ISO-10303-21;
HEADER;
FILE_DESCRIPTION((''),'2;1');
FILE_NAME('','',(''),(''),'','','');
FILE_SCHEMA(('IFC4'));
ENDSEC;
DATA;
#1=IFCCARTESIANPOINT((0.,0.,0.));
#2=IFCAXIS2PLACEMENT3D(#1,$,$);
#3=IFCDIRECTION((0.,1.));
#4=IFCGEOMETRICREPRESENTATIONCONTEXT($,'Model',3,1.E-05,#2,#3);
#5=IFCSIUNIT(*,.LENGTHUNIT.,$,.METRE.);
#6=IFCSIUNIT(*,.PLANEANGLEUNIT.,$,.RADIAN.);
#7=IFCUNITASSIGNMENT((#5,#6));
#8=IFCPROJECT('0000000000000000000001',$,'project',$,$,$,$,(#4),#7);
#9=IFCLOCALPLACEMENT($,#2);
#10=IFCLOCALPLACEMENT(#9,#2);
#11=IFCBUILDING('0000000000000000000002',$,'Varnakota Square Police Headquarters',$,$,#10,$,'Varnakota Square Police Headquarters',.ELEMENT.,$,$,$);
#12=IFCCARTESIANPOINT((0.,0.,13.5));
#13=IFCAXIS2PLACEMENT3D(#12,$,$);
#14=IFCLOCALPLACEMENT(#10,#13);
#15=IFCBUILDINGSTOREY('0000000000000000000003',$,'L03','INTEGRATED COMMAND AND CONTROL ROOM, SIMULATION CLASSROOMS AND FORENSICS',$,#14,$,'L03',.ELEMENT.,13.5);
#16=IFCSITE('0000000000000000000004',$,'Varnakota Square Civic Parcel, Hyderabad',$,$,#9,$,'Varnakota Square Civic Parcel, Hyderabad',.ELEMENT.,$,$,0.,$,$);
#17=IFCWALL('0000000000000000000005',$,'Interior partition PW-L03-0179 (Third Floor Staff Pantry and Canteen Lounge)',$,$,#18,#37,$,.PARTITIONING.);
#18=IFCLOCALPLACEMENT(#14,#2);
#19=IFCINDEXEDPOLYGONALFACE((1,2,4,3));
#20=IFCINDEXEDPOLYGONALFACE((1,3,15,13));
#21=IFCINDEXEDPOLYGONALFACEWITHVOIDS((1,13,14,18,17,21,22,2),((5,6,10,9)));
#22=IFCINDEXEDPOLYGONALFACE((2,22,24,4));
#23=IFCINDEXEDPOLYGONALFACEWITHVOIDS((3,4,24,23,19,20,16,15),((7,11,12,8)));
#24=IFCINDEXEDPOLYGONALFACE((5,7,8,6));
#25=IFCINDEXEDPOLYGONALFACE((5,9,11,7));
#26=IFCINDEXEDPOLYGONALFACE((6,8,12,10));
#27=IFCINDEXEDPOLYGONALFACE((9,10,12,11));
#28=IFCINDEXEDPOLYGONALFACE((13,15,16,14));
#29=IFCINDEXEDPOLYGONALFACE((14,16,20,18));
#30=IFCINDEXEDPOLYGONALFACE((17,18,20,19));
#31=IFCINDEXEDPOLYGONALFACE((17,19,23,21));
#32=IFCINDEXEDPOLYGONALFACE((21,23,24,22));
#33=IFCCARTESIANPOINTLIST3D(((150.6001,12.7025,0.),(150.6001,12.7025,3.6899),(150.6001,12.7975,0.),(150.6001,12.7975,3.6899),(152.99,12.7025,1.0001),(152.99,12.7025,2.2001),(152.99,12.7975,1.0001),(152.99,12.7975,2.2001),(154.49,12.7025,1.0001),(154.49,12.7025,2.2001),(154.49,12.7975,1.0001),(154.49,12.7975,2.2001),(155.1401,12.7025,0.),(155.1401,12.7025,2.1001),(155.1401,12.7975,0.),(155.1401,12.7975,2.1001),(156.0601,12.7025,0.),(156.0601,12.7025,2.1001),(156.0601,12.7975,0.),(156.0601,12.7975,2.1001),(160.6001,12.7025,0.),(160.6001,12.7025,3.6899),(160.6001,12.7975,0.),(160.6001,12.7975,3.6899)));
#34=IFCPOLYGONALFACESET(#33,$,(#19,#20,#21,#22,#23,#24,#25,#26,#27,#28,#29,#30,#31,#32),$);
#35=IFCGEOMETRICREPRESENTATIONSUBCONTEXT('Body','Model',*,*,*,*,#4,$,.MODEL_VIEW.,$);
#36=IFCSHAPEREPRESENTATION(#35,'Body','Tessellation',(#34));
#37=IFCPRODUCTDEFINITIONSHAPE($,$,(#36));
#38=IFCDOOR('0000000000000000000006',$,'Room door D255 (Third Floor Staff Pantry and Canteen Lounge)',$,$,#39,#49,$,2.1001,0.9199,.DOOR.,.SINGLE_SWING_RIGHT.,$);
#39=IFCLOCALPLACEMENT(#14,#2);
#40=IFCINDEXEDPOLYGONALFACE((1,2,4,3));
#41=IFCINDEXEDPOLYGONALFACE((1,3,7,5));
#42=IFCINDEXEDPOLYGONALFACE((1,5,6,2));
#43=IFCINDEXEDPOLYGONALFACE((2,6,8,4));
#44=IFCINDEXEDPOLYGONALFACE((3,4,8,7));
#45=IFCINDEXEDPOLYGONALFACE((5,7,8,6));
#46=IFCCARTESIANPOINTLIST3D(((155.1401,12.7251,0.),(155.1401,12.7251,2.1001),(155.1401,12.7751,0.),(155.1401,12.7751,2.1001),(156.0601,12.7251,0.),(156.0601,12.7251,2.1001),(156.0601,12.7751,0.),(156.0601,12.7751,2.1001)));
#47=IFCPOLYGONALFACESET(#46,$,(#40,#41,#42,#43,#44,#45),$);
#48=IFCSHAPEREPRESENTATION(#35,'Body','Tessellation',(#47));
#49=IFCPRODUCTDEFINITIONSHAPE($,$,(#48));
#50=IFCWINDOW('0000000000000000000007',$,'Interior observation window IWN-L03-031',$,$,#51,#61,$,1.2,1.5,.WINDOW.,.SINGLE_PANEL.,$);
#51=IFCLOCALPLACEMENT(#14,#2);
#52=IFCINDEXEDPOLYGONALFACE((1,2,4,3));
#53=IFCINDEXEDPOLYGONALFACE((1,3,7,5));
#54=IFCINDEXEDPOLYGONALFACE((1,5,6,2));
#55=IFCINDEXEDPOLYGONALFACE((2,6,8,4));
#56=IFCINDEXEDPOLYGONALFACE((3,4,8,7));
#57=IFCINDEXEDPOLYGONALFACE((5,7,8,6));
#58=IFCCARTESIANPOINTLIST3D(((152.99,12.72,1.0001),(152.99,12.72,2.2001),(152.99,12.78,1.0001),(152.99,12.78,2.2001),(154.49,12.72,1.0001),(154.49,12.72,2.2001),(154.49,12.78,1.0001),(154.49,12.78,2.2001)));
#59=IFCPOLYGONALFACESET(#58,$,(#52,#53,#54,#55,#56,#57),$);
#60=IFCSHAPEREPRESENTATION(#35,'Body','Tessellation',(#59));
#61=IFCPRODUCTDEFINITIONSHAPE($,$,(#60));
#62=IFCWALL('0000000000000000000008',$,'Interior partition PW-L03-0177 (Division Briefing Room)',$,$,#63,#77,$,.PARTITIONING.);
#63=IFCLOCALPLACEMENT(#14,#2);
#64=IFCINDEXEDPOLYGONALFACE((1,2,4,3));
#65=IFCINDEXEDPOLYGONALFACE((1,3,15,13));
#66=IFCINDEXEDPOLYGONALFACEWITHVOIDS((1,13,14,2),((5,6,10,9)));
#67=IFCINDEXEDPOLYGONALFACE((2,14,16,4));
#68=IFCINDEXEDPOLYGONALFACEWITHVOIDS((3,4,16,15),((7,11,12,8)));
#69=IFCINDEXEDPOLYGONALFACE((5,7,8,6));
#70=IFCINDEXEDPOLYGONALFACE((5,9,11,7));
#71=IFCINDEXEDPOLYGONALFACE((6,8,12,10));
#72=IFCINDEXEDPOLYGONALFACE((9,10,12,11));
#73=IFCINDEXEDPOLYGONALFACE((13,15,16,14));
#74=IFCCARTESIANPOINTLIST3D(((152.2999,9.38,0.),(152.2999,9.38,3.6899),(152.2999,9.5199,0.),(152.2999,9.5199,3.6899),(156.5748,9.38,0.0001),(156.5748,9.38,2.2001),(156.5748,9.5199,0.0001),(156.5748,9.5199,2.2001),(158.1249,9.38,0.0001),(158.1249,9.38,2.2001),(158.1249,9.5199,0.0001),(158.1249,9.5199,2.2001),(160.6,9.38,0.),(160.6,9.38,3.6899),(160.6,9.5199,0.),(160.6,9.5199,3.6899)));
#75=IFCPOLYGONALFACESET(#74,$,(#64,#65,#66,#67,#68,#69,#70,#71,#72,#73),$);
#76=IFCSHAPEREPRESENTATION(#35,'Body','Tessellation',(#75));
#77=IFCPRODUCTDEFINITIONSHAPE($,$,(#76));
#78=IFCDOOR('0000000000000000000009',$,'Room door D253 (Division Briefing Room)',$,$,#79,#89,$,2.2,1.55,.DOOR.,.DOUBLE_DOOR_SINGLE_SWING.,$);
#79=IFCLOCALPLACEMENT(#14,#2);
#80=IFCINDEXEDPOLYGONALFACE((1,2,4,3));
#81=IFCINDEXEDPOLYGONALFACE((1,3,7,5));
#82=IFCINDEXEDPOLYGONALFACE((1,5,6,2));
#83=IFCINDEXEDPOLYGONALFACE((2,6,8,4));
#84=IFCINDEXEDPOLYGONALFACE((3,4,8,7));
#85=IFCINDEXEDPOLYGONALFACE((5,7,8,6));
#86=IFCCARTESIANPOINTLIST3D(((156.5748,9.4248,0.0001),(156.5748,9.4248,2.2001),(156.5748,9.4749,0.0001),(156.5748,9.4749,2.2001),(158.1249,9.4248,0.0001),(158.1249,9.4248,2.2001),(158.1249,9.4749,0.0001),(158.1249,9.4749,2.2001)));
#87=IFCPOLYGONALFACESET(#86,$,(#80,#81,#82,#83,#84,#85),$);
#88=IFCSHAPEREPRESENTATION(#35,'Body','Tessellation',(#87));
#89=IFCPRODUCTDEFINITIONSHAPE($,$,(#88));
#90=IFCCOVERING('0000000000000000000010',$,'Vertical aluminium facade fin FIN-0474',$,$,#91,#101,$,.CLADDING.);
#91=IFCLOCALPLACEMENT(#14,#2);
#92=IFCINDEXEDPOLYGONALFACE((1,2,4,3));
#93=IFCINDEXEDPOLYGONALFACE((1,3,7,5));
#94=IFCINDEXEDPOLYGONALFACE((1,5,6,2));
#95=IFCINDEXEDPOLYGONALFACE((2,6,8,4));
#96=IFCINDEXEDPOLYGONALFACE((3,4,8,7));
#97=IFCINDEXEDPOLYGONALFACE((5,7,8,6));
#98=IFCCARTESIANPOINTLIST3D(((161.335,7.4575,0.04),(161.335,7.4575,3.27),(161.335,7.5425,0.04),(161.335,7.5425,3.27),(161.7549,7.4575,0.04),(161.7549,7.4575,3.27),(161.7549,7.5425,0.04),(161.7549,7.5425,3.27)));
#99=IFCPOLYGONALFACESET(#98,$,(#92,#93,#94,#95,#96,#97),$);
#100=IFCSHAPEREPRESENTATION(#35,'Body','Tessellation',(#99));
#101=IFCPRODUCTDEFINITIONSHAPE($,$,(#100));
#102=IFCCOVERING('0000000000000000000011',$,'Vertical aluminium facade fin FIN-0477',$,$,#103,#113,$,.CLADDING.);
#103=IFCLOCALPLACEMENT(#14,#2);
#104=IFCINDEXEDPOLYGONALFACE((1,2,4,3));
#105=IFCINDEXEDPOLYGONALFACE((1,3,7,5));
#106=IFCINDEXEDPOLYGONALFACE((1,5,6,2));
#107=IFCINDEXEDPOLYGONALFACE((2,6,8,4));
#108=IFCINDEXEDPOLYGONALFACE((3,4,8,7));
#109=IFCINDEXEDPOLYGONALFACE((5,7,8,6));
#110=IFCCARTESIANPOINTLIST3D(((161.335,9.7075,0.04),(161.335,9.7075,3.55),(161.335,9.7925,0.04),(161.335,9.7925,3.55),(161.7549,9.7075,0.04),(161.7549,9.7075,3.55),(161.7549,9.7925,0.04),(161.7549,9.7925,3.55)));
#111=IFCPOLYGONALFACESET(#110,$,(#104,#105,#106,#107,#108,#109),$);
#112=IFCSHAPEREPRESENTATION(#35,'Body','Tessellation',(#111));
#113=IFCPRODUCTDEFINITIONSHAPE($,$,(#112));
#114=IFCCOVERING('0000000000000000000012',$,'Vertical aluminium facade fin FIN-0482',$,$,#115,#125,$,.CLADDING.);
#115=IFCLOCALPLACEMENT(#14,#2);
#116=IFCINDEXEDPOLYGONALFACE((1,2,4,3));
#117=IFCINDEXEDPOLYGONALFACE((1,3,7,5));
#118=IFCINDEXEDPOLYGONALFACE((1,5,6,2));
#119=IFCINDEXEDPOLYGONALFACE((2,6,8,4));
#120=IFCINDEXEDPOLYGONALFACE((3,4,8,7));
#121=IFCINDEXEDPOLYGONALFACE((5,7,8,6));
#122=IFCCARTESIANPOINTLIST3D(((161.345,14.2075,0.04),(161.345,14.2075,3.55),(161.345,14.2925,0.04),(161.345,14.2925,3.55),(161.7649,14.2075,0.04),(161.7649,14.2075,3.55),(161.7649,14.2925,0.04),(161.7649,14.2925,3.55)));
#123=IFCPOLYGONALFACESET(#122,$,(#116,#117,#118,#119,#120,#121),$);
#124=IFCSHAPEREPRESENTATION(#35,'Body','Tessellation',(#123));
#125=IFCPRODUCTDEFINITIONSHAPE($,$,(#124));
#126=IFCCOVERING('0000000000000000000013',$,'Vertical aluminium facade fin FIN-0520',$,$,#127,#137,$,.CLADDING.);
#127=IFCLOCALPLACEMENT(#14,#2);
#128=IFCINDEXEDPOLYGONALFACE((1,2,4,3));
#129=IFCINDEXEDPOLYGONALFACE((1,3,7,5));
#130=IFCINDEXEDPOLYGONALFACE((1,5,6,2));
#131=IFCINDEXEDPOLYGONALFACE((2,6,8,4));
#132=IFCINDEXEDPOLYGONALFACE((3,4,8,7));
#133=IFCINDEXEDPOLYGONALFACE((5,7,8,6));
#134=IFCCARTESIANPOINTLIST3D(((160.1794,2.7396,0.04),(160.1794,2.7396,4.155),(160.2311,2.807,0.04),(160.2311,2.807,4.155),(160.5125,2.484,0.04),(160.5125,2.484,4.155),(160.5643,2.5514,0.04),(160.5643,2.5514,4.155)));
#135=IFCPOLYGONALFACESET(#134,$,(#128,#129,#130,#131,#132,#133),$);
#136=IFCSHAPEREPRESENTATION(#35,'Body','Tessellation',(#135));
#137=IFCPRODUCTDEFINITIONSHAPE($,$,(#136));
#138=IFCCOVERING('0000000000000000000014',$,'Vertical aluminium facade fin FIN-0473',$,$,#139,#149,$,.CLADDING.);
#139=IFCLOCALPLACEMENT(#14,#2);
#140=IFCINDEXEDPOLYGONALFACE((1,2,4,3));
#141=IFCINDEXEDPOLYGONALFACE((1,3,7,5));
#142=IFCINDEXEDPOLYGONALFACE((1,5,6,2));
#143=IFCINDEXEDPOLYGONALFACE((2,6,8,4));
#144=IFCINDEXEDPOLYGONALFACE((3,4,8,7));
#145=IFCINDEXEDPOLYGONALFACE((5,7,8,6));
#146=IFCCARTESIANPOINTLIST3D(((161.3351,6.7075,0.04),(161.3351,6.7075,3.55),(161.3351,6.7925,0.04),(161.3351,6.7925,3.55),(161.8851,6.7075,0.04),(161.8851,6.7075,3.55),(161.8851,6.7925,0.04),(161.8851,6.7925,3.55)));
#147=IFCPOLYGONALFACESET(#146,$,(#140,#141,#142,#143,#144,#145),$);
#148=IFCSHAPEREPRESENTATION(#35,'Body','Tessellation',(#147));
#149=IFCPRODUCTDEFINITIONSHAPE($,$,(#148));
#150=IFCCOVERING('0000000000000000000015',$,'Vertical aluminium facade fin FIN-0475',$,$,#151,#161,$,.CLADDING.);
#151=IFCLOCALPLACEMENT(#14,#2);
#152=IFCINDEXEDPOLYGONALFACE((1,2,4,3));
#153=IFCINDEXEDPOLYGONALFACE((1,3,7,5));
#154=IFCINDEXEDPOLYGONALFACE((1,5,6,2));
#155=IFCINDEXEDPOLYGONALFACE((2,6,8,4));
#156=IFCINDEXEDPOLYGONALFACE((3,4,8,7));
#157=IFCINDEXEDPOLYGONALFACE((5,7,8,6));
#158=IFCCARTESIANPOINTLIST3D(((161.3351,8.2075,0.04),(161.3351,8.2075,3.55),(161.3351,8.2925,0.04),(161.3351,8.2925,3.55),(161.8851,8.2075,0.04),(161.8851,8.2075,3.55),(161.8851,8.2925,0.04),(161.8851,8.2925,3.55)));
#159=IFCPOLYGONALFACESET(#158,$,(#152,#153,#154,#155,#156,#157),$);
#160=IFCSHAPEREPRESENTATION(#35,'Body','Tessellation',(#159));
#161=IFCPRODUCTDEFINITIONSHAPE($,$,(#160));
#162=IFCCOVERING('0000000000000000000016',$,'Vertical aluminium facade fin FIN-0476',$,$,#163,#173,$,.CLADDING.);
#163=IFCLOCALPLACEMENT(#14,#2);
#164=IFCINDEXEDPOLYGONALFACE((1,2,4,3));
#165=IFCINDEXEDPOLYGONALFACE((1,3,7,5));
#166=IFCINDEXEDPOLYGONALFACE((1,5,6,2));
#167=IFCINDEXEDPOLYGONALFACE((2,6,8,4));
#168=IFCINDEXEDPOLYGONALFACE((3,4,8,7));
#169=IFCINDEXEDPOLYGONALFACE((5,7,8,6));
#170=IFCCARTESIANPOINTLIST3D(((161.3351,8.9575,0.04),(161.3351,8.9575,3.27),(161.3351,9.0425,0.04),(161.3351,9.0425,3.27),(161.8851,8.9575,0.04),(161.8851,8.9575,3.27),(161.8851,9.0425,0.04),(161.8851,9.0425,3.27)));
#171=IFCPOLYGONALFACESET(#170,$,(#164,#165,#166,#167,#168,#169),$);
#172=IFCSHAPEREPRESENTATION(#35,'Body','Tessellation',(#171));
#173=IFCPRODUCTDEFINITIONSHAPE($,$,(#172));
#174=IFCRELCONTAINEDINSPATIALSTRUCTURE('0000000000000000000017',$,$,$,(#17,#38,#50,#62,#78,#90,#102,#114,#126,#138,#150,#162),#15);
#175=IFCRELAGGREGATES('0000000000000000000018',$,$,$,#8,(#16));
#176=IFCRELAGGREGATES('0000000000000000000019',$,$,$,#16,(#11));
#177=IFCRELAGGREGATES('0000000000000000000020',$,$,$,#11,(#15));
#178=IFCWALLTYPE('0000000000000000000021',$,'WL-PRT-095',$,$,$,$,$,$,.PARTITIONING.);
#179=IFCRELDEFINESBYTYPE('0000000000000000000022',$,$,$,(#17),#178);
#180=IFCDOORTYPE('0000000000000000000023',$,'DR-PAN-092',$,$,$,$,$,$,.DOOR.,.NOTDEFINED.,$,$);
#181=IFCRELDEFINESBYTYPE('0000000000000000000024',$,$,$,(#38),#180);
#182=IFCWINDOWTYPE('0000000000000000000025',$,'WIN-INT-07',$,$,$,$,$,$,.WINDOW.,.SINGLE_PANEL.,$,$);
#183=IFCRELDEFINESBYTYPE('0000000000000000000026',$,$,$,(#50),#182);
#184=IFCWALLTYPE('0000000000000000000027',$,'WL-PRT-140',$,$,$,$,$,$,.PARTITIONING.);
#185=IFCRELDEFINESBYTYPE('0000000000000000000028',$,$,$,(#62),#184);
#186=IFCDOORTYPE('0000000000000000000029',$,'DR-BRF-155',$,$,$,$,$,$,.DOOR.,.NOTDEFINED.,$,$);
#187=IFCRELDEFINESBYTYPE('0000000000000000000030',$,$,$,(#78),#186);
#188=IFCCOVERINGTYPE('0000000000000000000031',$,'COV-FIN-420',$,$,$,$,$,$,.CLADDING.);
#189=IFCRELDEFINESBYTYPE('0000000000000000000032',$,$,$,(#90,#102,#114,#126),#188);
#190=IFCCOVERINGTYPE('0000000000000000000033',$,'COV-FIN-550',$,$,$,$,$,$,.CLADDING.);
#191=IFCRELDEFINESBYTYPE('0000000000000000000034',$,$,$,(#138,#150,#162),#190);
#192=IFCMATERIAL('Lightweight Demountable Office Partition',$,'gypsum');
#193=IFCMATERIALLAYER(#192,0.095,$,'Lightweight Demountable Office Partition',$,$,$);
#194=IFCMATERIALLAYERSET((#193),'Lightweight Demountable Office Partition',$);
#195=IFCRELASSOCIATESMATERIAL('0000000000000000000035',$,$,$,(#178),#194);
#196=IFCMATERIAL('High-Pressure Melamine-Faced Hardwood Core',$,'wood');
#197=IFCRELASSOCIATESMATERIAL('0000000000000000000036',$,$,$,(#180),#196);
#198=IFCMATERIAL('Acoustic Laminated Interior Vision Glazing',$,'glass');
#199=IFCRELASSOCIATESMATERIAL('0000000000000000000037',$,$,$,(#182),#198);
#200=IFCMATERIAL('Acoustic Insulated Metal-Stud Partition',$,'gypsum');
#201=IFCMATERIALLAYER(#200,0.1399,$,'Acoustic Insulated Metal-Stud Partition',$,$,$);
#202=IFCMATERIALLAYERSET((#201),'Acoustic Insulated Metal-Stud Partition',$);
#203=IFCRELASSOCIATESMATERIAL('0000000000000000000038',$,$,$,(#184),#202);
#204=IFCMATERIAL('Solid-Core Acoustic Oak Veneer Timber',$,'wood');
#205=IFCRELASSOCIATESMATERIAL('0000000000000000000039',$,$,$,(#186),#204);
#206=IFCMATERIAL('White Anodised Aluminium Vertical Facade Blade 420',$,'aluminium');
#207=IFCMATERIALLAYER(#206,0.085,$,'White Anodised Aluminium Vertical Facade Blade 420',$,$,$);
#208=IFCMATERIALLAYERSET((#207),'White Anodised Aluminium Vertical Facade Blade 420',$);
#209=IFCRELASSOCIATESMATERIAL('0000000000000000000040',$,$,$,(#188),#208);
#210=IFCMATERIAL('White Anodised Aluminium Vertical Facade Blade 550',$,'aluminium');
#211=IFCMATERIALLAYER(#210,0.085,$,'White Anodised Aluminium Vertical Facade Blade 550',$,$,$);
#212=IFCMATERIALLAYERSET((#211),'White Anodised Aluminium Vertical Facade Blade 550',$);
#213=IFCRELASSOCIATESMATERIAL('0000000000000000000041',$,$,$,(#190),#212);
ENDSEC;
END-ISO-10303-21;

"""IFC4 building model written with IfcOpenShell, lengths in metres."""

from ifc_helpers import new_model, si_unit, direction, frame, frame_2d, origin, origin_2d, place, context, subcontext, project, spatial, rectangle, extrude, material, layer, layer_set, type_object, element, fill, save


model = new_model("IFC4")

# Units and contexts
model_context = context("Model", 3, precision=1e-05, world=origin(), true_north=direction((0.0, 1.0)))
body_context = subcontext(model_context, "Body", "Model", "MODEL_VIEW")
ifc_project = project(units=[si_unit("LENGTHUNIT", "METRE"), si_unit("PLANEANGLEUNIT", "RADIAN")], contexts=[model_context])

# Site, building, storey
site_placement = place(None, origin())
site = spatial("IfcSite", under=ifc_project, at=site_placement, Name="Varnakota Square Civic Parcel, Hyderabad", LongName="Varnakota Square Civic Parcel, Hyderabad", CompositionType="ELEMENT", RefElevation=0.0)
building_placement = place(site_placement, origin())
building = spatial("IfcBuilding", under=site, at=building_placement, Name="Varnakota Square Police Headquarters", LongName="Varnakota Square Police Headquarters", CompositionType="ELEMENT")
storey_placement = place(building_placement, frame((0.0, 0.0, 13.5)))
storey = spatial("IfcBuildingStorey", under=building, at=storey_placement, Name="L03", Description="INTEGRATED COMMAND AND CONTROL ROOM, SIMULATION CLASSROOMS AND FORENSICS", LongName="L03", CompositionType="ELEMENT", Elevation=13.5)

# Wall, openings, door, window
ifc_material_1 = material(Name="Lightweight Demountable Office Partition", Category="gypsum")
ifc_layer_1 = layer(ifc_material_1, 0.095, Name="Lightweight Demountable Office Partition")
ifc_layer_set_1 = layer_set([ifc_layer_1], Name="Lightweight Demountable Office Partition")
wall_type_1 = type_object("IfcWallType", Name="WL-PRT-095", PredefinedType="PARTITIONING", material=ifc_layer_set_1)
wall_1_placement = place(storey_placement, frame((160.6001, 12.75, 0.0), z_axis=(0.0, 0.0, 1.0), x_axis=(-1.0, 0.0, 0.0)))
wall_1 = element("IfcWall", 1, at=wall_1_placement, inside=storey, type_object=wall_type_1, Name="Interior partition PW-L03-0179 (Third Floor Staff Pantry and Canteen Lounge)", PredefinedType="PARTITIONING", context=body_context, shape_type="SweptSolid", body=[
    extrude(rectangle(XDim=10.0, YDim=0.095, at=frame_2d((5.0, 0.0))), origin(), (0.0, 0.0, 1.0), 3.6899),
])
opening_1_placement = place(wall_1_placement, frame((4.54, 0.0, 0.0)))
opening_1 = element("IfcOpeningElement", 2, at=opening_1_placement, cuts=wall_1, PredefinedType="OPENING", context=body_context, shape_type="SweptSolid", body=[
    extrude(rectangle(XDim=0.9199, YDim=2.1001, at=frame_2d((0.46, 1.05))), frame((0.0, 0.0574, 0.0), z_axis=(0.0, -1.0, 0.0), x_axis=(1.0, 0.0, 0.0)), (0.0, 0.0, 1.0), 0.115),
])
opening_2_placement = place(wall_1_placement, frame((6.1101, 0.0, 1.0)))
opening_2 = element("IfcOpeningElement", 3, at=opening_2_placement, cuts=wall_1, PredefinedType="OPENING", context=body_context, shape_type="SweptSolid", body=[
    extrude(rectangle(XDim=1.5, YDim=1.2, at=frame_2d((0.75, 0.6001))), frame((0.0, 0.0574, 0.0), z_axis=(0.0, -1.0, 0.0), x_axis=(1.0, 0.0, 0.0)), (0.0, 0.0, 1.0), 0.115),
])
ifc_material_2 = material(Name="High-Pressure Melamine-Faced Hardwood Core", Category="wood")
door_type_1 = type_object("IfcDoorType", Name="DR-PAN-092", OperationType="NOTDEFINED", PredefinedType="DOOR", material=ifc_material_2)
door_1_placement = place(opening_1_placement, origin())
door_1 = element("IfcDoor", 4, at=door_1_placement, inside=storey, type_object=door_type_1, Name="Room door D255 (Third Floor Staff Pantry and Canteen Lounge)", OperationType="SINGLE_SWING_RIGHT", OverallHeight=2.1001, OverallWidth=0.9199, PredefinedType="DOOR", context=body_context, shape_type="SweptSolid", body=[
    extrude(rectangle(XDim=0.9199, YDim=2.1001, at=frame_2d((0.46, 1.05))), frame((0.0, 0.0249, 0.0), z_axis=(0.0, -1.0, 0.0), x_axis=(1.0, 0.0, 0.0)), (0.0, 0.0, 1.0), 0.05),
])
fill(opening_1, door_1)
ifc_material_3 = material(Name="Acoustic Laminated Interior Vision Glazing", Category="glass")
window_type = type_object("IfcWindowType", Name="WIN-INT-07", PartitioningType="SINGLE_PANEL", PredefinedType="WINDOW", material=ifc_material_3)
window_placement = place(opening_2_placement, origin())
window = element("IfcWindow", 5, at=window_placement, inside=storey, type_object=window_type, Name="Interior observation window IWN-L03-031", OverallHeight=1.2, OverallWidth=1.5, PartitioningType="SINGLE_PANEL", PredefinedType="WINDOW", context=body_context, shape_type="SweptSolid", body=[
    extrude(rectangle(XDim=1.5, YDim=1.2, at=frame_2d((0.75, 0.6001))), frame((0.0, 0.03, 0.0), z_axis=(0.0, -1.0, 0.0), x_axis=(1.0, 0.0, 0.0)), (0.0, 0.0, 1.0), 0.0601),
])
fill(opening_2, window)

# Wall, opening, door
ifc_material_4 = material(Name="Acoustic Insulated Metal-Stud Partition", Category="gypsum")
ifc_layer_2 = layer(ifc_material_4, 0.1399, Name="Acoustic Insulated Metal-Stud Partition")
ifc_layer_set_2 = layer_set([ifc_layer_2], Name="Acoustic Insulated Metal-Stud Partition")
wall_type_2 = type_object("IfcWallType", Name="WL-PRT-140", PredefinedType="PARTITIONING", material=ifc_layer_set_2)
wall_2_placement = place(storey_placement, frame((152.3, 9.45, 0.0), z_axis=(0.0, 0.0, 1.0), x_axis=(1.0, 0.0, 0.0)))
wall_2 = element("IfcWall", 6, at=wall_2_placement, inside=storey, type_object=wall_type_2, Name="Interior partition PW-L03-0177 (Division Briefing Room)", PredefinedType="PARTITIONING", context=body_context, shape_type="SweptSolid", body=[
    extrude(rectangle(XDim=8.3, YDim=0.1399, at=frame_2d((4.1499, 0.0))), origin(), (0.0, 0.0, 1.0), 3.6899),
])
opening_3_placement = place(wall_2_placement, frame((4.2749, 0.0, 0.0)))
opening_3 = element("IfcOpeningElement", 7, at=opening_3_placement, cuts=wall_2, PredefinedType="OPENING", context=body_context, shape_type="SweptSolid", body=[
    extrude(rectangle(XDim=1.55, YDim=2.2, at=frame_2d((0.7749, 1.1001))), frame((0.0, 0.0798, 0.0), z_axis=(0.0, -1.0, 0.0), x_axis=(1.0, 0.0, 0.0)), (0.0, 0.0, 1.0), 0.1599),
])
ifc_material_5 = material(Name="Solid-Core Acoustic Oak Veneer Timber", Category="wood")
door_type_2 = type_object("IfcDoorType", Name="DR-BRF-155", OperationType="NOTDEFINED", PredefinedType="DOOR", material=ifc_material_5)
door_2_placement = place(opening_3_placement, origin())
door_2 = element("IfcDoor", 8, at=door_2_placement, inside=storey, type_object=door_type_2, Name="Room door D253 (Division Briefing Room)", OperationType="DOUBLE_DOOR_SINGLE_SWING", OverallHeight=2.2, OverallWidth=1.55, PredefinedType="DOOR", context=body_context, shape_type="SweptSolid", body=[
    extrude(rectangle(XDim=1.55, YDim=2.2, at=frame_2d((0.7749, 1.1001))), frame((0.0, 0.0249, 0.0), z_axis=(0.0, -1.0, 0.0), x_axis=(1.0, 0.0, 0.0)), (0.0, 0.0, 1.0), 0.05),
])
fill(opening_3, door_2)

# Coverings
ifc_material_6 = material(Name="White Anodised Aluminium Vertical Facade Blade 420", Category="aluminium")
ifc_layer_3 = layer(ifc_material_6, 0.085, Name="White Anodised Aluminium Vertical Facade Blade 420")
ifc_layer_set_3 = layer_set([ifc_layer_3], Name="White Anodised Aluminium Vertical Facade Blade 420")
covering_type_1 = type_object("IfcCoveringType", Name="COV-FIN-420", PredefinedType="CLADDING", material=ifc_layer_set_3)
covering_1_placement = place(storey_placement, frame((161.5449, 7.5, 0.04), z_axis=(0.0, 0.0, 1.0), x_axis=(0.0, 1.0, 0.0)))
element("IfcCovering", 9, at=covering_1_placement, inside=storey, type_object=covering_type_1, Name="Vertical aluminium facade fin FIN-0474", PredefinedType="CLADDING", context=body_context, shape_type="SweptSolid", body=[
    extrude(rectangle(XDim=0.085, YDim=0.4199, at=origin_2d()), origin(), (0.0, 0.0, 1.0), 3.23),
])
for number, where, z_axis, x_axis, name in (
    (10, (161.5449, 9.75, 0.04), (0.0, 0.0, 1.0), (0.0, 1.0, 0.0), "Vertical aluminium facade fin FIN-0477"),
    (11, (161.5549, 14.25, 0.04), (0.0, 0.0, 1.0), (0.0, 1.0, 0.0), "Vertical aluminium facade fin FIN-0482"),
):
    element("IfcCovering", number, at=place(storey_placement, frame(where, z_axis=z_axis, x_axis=x_axis)), inside=storey, type_object=covering_type_1, Name=name, PredefinedType="CLADDING", context=body_context, shape_type="SweptSolid", body=[
        extrude(rectangle(XDim=0.085, YDim=0.4199, at=origin_2d()), origin(), (0.0, 0.0, 1.0), 3.51),
    ])
covering_2_placement = place(storey_placement, frame((160.3718, 2.6455, 0.04), z_axis=(0.0, 0.0, 1.0), x_axis=(0.608761, 0.793353, 0.0)))
element("IfcCovering", 12, at=covering_2_placement, inside=storey, type_object=covering_type_1, Name="Vertical aluminium facade fin FIN-0520", PredefinedType="CLADDING", context=body_context, shape_type="SweptSolid", body=[
    extrude(rectangle(XDim=0.085, YDim=0.4199, at=origin_2d()), origin(), (0.0, 0.0, 1.0), 4.115),
])
ifc_material_7 = material(Name="White Anodised Aluminium Vertical Facade Blade 550", Category="aluminium")
ifc_layer_4 = layer(ifc_material_7, 0.085, Name="White Anodised Aluminium Vertical Facade Blade 550")
ifc_layer_set_4 = layer_set([ifc_layer_4], Name="White Anodised Aluminium Vertical Facade Blade 550")
covering_type_2 = type_object("IfcCoveringType", Name="COV-FIN-550", PredefinedType="CLADDING", material=ifc_layer_set_4)
for number, where, z_axis, x_axis, name in (
    (13, (161.6101, 6.75, 0.04), (0.0, 0.0, 1.0), (0.0, 1.0, 0.0), "Vertical aluminium facade fin FIN-0473"),
    (14, (161.6101, 8.25, 0.04), (0.0, 0.0, 1.0), (0.0, 1.0, 0.0), "Vertical aluminium facade fin FIN-0475"),
):
    element("IfcCovering", number, at=place(storey_placement, frame(where, z_axis=z_axis, x_axis=x_axis)), inside=storey, type_object=covering_type_2, Name=name, PredefinedType="CLADDING", context=body_context, shape_type="SweptSolid", body=[
        extrude(rectangle(XDim=0.085, YDim=0.55, at=origin_2d()), origin(), (0.0, 0.0, 1.0), 3.51),
    ])
for number, where, z_axis, x_axis, name in (
    (15, (161.6101, 9.0, 0.04), (0.0, 0.0, 1.0), (0.0, 1.0, 0.0), "Vertical aluminium facade fin FIN-0476"),
):
    element("IfcCovering", number, at=place(storey_placement, frame(where, z_axis=z_axis, x_axis=x_axis)), inside=storey, type_object=covering_type_2, Name=name, PredefinedType="CLADDING", context=body_context, shape_type="SweptSolid", body=[
        extrude(rectangle(XDim=0.085, YDim=0.55, at=origin_2d()), origin(), (0.0, 0.0, 1.0), 3.23),
    ])

save(model, "model.ifc")
